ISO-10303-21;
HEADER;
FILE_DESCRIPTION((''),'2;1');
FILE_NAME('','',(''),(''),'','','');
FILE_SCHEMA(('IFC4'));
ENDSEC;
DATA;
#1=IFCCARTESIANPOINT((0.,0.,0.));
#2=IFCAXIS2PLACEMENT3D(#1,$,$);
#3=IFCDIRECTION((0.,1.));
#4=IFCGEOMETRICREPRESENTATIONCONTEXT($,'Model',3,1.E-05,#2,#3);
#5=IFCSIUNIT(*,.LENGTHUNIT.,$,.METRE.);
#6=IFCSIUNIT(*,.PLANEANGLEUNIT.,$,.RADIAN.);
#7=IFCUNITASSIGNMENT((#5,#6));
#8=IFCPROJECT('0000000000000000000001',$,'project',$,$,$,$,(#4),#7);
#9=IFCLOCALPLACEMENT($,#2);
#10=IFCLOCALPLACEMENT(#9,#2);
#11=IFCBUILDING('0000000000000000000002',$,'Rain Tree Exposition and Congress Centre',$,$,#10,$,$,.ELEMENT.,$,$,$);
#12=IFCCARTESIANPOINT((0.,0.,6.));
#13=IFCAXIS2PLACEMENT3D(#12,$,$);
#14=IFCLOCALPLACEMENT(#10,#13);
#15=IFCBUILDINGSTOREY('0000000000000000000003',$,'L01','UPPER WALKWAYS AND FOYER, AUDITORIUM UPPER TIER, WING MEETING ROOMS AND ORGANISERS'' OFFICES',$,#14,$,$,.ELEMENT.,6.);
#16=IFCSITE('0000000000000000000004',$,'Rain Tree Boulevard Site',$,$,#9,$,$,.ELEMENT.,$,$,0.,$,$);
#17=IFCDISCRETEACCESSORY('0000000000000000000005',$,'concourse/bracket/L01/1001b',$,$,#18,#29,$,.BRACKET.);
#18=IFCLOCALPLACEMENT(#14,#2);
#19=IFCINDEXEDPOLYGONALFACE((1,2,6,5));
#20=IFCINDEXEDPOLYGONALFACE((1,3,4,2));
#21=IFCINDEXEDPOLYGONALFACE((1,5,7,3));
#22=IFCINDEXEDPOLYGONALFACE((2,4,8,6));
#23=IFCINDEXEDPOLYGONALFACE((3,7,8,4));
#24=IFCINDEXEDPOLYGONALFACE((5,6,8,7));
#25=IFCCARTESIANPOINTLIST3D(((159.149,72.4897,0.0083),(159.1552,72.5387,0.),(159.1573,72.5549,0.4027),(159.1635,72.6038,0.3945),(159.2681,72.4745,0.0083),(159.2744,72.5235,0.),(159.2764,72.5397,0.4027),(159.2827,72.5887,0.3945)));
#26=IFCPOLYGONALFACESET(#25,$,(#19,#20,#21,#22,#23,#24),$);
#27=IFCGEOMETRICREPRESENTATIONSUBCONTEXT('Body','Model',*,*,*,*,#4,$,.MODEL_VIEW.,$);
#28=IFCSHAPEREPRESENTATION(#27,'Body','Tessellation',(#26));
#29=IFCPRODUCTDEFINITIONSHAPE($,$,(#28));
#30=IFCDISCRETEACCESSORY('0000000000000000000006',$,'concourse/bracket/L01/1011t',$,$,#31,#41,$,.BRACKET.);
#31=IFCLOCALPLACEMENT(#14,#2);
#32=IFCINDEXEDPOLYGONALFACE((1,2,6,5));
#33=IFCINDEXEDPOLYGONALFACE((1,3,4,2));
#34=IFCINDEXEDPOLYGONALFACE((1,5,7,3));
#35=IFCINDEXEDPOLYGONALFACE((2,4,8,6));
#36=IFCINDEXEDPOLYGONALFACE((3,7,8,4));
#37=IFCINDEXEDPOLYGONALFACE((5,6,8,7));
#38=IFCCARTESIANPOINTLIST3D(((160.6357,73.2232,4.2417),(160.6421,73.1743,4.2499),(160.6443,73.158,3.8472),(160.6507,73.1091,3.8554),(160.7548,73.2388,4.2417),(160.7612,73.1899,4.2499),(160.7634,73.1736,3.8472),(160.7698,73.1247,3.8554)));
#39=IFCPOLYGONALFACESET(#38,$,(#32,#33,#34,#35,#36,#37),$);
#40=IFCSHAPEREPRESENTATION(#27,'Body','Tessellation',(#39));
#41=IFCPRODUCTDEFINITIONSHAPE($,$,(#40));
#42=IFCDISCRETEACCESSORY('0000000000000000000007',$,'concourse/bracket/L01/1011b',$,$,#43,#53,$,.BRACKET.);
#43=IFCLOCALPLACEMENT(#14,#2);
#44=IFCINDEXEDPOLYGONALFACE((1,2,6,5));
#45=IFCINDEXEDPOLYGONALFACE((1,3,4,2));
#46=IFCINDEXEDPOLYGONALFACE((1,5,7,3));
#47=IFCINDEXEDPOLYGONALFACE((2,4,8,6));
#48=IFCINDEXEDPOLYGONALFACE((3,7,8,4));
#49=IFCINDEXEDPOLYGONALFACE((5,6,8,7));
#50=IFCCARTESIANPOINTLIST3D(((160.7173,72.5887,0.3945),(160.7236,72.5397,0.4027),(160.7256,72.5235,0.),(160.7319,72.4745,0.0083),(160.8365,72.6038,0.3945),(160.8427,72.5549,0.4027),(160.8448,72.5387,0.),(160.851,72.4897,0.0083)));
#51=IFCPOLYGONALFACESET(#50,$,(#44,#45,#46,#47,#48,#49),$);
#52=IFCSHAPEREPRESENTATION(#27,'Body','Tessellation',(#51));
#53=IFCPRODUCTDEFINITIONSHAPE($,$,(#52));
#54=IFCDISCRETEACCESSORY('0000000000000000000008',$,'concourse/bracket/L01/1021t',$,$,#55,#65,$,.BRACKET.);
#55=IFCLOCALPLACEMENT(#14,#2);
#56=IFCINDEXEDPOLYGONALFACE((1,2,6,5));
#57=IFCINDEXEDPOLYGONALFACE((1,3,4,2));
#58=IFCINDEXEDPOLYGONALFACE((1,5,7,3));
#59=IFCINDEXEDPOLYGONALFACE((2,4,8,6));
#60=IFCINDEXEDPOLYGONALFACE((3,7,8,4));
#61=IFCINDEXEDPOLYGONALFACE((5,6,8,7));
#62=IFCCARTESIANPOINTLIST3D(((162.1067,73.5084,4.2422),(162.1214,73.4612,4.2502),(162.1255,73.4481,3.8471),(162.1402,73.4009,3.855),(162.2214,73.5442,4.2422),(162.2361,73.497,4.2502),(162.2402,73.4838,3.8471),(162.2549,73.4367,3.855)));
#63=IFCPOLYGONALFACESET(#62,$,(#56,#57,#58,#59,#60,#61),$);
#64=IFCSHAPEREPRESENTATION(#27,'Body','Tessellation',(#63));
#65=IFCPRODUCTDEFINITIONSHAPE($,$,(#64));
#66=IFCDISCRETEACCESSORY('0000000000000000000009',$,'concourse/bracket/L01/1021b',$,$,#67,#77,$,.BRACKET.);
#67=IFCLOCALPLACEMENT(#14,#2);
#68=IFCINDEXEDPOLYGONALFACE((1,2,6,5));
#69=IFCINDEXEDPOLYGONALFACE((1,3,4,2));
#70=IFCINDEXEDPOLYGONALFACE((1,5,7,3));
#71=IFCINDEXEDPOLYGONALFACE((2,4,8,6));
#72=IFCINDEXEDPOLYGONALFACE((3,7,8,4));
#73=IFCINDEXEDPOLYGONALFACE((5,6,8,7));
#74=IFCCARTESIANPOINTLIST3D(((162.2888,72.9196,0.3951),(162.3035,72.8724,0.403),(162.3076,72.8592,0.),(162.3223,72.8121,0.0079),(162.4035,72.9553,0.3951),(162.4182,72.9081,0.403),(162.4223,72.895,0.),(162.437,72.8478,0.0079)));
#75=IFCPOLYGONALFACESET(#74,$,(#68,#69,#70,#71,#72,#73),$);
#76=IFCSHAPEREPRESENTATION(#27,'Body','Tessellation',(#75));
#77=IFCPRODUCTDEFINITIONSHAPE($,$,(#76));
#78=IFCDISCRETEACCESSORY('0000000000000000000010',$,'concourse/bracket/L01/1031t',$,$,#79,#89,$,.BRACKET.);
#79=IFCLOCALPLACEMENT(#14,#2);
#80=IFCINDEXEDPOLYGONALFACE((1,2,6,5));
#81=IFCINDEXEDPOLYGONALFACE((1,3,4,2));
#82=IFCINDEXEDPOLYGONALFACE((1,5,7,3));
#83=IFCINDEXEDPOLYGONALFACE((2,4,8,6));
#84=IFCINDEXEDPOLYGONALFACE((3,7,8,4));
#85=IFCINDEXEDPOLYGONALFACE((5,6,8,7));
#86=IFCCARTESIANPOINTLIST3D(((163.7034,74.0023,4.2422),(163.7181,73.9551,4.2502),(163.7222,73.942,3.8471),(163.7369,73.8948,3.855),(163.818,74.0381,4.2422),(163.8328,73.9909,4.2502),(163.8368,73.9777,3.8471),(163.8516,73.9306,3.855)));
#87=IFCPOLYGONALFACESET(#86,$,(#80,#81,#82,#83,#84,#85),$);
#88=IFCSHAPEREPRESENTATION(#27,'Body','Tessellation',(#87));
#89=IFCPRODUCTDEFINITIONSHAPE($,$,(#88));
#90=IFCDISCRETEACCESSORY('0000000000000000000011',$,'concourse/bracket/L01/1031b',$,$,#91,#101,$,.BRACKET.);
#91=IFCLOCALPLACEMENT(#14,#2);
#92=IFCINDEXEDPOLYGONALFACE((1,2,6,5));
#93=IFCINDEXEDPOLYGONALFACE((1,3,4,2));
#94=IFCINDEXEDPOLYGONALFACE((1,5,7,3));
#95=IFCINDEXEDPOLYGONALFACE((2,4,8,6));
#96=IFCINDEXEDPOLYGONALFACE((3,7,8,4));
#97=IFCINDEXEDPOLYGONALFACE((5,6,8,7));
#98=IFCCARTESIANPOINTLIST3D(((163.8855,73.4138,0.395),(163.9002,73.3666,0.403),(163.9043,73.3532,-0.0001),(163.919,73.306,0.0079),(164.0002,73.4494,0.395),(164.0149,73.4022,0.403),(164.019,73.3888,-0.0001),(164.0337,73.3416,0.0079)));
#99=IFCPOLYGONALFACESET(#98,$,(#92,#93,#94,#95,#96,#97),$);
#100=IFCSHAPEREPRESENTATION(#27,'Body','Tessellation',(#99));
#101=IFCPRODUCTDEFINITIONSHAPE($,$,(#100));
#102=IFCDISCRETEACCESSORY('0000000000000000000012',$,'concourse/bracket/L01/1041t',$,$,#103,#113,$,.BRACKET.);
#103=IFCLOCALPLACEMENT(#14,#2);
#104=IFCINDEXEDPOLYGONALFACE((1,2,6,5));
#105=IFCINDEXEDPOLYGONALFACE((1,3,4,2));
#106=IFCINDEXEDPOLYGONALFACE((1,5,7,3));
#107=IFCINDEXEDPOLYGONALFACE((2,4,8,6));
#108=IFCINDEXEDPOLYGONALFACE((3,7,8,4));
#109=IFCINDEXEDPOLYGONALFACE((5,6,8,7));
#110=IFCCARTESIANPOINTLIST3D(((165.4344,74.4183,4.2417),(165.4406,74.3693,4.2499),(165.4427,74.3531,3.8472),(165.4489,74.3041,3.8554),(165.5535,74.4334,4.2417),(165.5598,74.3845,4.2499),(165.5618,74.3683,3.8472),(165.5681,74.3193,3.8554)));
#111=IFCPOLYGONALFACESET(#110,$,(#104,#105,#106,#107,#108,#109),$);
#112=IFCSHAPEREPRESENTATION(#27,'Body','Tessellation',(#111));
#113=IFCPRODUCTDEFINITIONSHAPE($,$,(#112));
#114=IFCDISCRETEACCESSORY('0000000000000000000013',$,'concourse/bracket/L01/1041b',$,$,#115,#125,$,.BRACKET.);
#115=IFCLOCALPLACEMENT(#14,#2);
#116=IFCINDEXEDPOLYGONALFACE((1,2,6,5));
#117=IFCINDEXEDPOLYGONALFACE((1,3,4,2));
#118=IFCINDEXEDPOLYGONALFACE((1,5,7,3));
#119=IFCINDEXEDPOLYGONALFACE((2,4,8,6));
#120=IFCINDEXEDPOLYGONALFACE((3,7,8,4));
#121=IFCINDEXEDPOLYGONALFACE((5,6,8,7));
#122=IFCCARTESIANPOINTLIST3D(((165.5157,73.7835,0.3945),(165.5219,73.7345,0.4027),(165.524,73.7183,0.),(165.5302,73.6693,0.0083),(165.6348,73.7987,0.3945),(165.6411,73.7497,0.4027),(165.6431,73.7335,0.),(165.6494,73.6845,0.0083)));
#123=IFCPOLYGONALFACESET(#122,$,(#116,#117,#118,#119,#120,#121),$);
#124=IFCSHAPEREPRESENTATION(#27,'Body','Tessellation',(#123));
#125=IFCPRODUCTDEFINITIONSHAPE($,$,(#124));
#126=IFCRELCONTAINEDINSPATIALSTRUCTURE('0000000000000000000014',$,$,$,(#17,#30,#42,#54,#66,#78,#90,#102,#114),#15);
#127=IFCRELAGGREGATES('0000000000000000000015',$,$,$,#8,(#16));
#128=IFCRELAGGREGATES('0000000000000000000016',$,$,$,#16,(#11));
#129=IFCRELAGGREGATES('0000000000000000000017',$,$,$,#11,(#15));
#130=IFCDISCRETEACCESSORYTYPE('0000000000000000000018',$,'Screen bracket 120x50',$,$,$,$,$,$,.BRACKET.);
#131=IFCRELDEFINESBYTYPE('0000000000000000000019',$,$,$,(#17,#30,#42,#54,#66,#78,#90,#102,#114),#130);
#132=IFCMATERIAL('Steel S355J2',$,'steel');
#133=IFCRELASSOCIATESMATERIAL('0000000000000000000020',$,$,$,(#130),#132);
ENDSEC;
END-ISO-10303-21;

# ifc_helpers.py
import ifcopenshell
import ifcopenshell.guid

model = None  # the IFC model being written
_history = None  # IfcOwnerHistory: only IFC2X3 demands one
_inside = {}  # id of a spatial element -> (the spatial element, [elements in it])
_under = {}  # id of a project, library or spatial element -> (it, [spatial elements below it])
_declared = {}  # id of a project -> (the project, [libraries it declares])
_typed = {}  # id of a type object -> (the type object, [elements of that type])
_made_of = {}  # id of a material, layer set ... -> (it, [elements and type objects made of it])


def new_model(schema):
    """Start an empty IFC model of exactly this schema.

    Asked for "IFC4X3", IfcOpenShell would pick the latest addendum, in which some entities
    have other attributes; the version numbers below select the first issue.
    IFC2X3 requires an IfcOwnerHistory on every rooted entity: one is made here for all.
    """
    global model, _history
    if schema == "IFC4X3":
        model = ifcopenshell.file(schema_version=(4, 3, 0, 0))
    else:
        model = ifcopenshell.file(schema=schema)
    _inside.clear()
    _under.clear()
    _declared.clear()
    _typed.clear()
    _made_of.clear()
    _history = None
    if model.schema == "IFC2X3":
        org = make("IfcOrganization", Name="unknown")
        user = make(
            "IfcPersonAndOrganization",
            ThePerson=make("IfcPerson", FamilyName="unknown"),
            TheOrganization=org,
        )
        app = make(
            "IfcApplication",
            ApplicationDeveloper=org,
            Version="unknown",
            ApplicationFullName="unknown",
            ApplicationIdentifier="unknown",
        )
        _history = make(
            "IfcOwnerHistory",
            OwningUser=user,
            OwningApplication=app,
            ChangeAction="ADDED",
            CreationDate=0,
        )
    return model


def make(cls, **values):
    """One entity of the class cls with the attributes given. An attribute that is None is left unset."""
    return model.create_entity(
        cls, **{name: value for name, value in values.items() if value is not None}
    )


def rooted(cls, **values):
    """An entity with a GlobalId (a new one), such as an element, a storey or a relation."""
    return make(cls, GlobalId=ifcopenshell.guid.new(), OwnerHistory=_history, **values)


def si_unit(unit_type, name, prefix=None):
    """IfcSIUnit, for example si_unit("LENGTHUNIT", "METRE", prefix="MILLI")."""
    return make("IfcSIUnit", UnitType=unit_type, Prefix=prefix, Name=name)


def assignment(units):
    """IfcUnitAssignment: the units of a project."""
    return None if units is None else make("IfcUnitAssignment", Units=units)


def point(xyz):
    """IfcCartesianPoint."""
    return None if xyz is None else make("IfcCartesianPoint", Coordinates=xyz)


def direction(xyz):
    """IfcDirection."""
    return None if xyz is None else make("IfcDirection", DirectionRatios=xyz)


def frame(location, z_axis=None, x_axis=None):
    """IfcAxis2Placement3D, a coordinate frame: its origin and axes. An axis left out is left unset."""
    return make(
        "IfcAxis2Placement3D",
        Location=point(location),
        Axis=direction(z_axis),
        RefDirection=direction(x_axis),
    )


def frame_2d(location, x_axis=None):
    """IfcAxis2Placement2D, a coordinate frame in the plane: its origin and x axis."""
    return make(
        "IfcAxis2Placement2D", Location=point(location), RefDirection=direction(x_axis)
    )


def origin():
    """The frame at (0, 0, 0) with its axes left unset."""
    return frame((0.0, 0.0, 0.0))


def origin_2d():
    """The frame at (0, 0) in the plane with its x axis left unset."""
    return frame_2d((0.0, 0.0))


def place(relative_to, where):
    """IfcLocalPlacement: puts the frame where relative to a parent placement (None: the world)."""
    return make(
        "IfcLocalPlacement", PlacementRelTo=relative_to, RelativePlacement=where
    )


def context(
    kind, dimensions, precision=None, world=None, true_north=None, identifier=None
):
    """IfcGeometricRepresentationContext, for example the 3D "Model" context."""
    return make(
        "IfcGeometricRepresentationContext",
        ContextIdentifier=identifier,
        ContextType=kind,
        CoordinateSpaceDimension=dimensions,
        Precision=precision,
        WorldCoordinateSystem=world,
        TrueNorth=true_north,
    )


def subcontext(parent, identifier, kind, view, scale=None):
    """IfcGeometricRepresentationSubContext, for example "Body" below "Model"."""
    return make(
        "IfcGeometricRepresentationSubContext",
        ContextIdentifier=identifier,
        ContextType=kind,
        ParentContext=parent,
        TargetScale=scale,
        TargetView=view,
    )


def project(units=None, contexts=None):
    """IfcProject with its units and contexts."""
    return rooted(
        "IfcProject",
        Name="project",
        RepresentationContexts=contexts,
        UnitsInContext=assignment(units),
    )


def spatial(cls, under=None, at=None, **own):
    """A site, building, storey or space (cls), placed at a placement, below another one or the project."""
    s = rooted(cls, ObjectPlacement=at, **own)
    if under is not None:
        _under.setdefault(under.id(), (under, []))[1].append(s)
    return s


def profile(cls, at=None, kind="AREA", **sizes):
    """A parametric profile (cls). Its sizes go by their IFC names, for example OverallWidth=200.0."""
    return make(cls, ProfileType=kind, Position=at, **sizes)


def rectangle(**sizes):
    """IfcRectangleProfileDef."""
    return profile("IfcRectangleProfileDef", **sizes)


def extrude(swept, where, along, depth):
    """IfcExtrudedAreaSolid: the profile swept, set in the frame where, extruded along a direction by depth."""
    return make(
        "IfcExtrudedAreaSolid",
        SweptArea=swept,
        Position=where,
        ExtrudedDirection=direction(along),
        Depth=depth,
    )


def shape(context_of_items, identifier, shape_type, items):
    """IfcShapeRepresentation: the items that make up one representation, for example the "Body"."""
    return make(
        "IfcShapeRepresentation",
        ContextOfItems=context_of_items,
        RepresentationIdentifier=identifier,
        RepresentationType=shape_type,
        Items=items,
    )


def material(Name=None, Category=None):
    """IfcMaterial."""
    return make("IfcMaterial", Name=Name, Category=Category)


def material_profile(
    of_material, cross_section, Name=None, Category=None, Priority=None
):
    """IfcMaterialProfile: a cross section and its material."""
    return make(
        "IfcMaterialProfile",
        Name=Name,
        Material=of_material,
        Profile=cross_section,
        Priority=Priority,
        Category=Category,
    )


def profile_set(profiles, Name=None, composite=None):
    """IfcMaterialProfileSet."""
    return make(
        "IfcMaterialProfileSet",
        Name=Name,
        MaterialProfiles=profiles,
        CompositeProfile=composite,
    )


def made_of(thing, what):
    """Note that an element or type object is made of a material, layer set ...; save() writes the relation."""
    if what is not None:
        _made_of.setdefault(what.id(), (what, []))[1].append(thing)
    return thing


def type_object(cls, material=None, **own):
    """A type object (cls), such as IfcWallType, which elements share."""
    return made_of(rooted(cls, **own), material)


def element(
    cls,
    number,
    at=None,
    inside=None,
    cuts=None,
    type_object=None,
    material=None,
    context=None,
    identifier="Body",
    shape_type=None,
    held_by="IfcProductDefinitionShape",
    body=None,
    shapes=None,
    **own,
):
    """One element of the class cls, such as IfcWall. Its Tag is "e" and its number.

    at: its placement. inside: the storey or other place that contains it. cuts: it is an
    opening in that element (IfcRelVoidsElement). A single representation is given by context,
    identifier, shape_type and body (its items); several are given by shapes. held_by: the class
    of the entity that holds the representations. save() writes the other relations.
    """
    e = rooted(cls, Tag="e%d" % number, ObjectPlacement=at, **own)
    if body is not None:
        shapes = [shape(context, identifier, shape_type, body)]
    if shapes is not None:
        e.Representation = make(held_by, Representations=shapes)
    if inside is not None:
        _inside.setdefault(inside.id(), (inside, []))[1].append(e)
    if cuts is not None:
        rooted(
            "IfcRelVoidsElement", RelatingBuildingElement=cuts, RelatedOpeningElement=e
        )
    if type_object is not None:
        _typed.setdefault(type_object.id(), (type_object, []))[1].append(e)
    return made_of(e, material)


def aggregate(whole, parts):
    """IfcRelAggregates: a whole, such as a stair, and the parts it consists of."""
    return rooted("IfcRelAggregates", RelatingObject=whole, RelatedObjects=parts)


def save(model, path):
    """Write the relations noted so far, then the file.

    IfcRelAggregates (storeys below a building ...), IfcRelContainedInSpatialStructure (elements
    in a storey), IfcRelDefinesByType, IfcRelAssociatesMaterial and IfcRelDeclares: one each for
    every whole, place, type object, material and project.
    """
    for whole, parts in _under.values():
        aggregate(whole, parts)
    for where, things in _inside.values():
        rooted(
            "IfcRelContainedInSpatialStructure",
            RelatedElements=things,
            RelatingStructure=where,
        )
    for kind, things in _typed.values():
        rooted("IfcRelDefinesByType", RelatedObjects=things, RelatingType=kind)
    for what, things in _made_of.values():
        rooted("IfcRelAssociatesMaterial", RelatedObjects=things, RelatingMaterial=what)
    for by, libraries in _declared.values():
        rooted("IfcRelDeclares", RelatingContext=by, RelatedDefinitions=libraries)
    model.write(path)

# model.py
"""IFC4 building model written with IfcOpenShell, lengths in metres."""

from ifc_helpers import new_model, si_unit, direction, frame, origin, origin_2d, place, context, subcontext, project, spatial, rectangle, extrude, material, material_profile, profile_set, type_object, element, save


model = new_model("IFC4")

# Units and contexts
model_context = context("Model", 3, precision=1e-05, world=origin(), true_north=direction((0.0, 1.0)))
body_context = subcontext(model_context, "Body", "Model", "MODEL_VIEW")
ifc_project = project(units=[si_unit("LENGTHUNIT", "METRE"), si_unit("PLANEANGLEUNIT", "RADIAN")], contexts=[model_context])

# Site, building, storey
site_placement = place(None, origin())
site = spatial("IfcSite", under=ifc_project, at=site_placement, Name="Rain Tree Boulevard Site", CompositionType="ELEMENT", RefElevation=0.0)
building_placement = place(site_placement, origin())
building = spatial("IfcBuilding", under=site, at=building_placement, Name="Rain Tree Exposition and Congress Centre", CompositionType="ELEMENT")
storey_placement = place(building_placement, frame((0.0, 0.0, 6.0)))
storey = spatial("IfcBuildingStorey", under=building, at=storey_placement, Name="L01", Description="UPPER WALKWAYS AND FOYER, AUDITORIUM UPPER TIER, WING MEETING ROOMS AND ORGANISERS' OFFICES", CompositionType="ELEMENT", Elevation=6.0)

# Discrete accessories
ifc_material_1 = material(Name="Steel S355J2", Category="steel")
ifc_material_profile_1 = material_profile(ifc_material_1, rectangle(XDim=0.1201, YDim=0.05, at=origin_2d()), Name="Flat bar 120x50")
ifc_profile_set_1 = profile_set([ifc_material_profile_1], Name="Steel S355J2")
discrete_accessory_type = type_object("IfcDiscreteAccessoryType", Name="Screen bracket 120x50", PredefinedType="BRACKET", material=ifc_profile_set_1)
for number, where, z_axis, x_axis, name in (
    (1, (159.2117, 72.5066, 0.0042), (0.020754, 0.162978, 0.986411), (-0.991989, 0.126321, 0.0), "concourse/bracket/L01/1001b"),
    (2, (160.707, 73.1414, 3.8513), (-0.021364, 0.162976, 0.986399), (-0.991517, -0.129974, 0.0), "concourse/bracket/L01/1011t"),
    (3, (160.7883, 72.5066, 0.0042), (-0.020754, 0.162978, 0.986411), (-0.991989, -0.126321, 0.0), "concourse/bracket/L01/1011b"),
):
    element("IfcDiscreteAccessory", number, at=place(storey_placement, frame(where, z_axis=z_axis, x_axis=x_axis)), inside=storey, type_object=discrete_accessory_type, Name=name, PredefinedType="BRACKET", context=body_context, shape_type="SweptSolid", body=[
        extrude(rectangle(XDim=0.1201, YDim=0.05, at=origin_2d()), origin(), (0.0, 0.0, 1.0), 0.3999),
    ])
for number, where, z_axis, x_axis, name in (
    (4, (162.1902, 73.4424, 3.8511), (-0.046993, 0.150743, 0.987456), (-0.954686, -0.297615, 0.0), "concourse/bracket/L01/1021t"),
    (5, (162.3723, 72.8535, 0.0039), (-0.046993, 0.150743, 0.987456), (-0.954686, -0.297615, 0.0), "concourse/bracket/L01/1021b"),
    (6, (163.7869, 73.9363, 3.8511), (-0.046993, 0.150743, 0.987456), (-0.954686, -0.297615, 0.0), "concourse/bracket/L01/1031t"),
    (7, (163.969, 73.3474, 0.0039), (-0.046988, 0.151339, 0.987364), (-0.955027, -0.29652, 0.0), "concourse/bracket/L01/1031b"),
):
    element("IfcDiscreteAccessory", number, at=place(storey_placement, frame(where, z_axis=z_axis, x_axis=x_axis)), inside=storey, type_object=discrete_accessory_type, Name=name, PredefinedType="BRACKET", context=body_context, shape_type="SweptSolid", body=[
        extrude(rectangle(XDim=0.1201, YDim=0.05, at=origin_2d()), origin(), (0.0, 0.0, 1.0), 0.4001),
    ])
for number, where, z_axis, x_axis, name in (
    (8, (165.5054, 74.3362, 3.8513), (-0.020754, 0.162978, 0.986411), (-0.991989, -0.126321, 0.0), "concourse/bracket/L01/1041t"),
    (9, (165.5867, 73.7014, 0.0042), (-0.020754, 0.162978, 0.986411), (-0.991989, -0.126321, 0.0), "concourse/bracket/L01/1041b"),
):
    element("IfcDiscreteAccessory", number, at=place(storey_placement, frame(where, z_axis=z_axis, x_axis=x_axis)), inside=storey, type_object=discrete_accessory_type, Name=name, PredefinedType="BRACKET", context=body_context, shape_type="SweptSolid", body=[
        extrude(rectangle(XDim=0.1201, YDim=0.05, at=origin_2d()), origin(), (0.0, 0.0, 1.0), 0.3999),
    ])

save(model, "model.ifc")
